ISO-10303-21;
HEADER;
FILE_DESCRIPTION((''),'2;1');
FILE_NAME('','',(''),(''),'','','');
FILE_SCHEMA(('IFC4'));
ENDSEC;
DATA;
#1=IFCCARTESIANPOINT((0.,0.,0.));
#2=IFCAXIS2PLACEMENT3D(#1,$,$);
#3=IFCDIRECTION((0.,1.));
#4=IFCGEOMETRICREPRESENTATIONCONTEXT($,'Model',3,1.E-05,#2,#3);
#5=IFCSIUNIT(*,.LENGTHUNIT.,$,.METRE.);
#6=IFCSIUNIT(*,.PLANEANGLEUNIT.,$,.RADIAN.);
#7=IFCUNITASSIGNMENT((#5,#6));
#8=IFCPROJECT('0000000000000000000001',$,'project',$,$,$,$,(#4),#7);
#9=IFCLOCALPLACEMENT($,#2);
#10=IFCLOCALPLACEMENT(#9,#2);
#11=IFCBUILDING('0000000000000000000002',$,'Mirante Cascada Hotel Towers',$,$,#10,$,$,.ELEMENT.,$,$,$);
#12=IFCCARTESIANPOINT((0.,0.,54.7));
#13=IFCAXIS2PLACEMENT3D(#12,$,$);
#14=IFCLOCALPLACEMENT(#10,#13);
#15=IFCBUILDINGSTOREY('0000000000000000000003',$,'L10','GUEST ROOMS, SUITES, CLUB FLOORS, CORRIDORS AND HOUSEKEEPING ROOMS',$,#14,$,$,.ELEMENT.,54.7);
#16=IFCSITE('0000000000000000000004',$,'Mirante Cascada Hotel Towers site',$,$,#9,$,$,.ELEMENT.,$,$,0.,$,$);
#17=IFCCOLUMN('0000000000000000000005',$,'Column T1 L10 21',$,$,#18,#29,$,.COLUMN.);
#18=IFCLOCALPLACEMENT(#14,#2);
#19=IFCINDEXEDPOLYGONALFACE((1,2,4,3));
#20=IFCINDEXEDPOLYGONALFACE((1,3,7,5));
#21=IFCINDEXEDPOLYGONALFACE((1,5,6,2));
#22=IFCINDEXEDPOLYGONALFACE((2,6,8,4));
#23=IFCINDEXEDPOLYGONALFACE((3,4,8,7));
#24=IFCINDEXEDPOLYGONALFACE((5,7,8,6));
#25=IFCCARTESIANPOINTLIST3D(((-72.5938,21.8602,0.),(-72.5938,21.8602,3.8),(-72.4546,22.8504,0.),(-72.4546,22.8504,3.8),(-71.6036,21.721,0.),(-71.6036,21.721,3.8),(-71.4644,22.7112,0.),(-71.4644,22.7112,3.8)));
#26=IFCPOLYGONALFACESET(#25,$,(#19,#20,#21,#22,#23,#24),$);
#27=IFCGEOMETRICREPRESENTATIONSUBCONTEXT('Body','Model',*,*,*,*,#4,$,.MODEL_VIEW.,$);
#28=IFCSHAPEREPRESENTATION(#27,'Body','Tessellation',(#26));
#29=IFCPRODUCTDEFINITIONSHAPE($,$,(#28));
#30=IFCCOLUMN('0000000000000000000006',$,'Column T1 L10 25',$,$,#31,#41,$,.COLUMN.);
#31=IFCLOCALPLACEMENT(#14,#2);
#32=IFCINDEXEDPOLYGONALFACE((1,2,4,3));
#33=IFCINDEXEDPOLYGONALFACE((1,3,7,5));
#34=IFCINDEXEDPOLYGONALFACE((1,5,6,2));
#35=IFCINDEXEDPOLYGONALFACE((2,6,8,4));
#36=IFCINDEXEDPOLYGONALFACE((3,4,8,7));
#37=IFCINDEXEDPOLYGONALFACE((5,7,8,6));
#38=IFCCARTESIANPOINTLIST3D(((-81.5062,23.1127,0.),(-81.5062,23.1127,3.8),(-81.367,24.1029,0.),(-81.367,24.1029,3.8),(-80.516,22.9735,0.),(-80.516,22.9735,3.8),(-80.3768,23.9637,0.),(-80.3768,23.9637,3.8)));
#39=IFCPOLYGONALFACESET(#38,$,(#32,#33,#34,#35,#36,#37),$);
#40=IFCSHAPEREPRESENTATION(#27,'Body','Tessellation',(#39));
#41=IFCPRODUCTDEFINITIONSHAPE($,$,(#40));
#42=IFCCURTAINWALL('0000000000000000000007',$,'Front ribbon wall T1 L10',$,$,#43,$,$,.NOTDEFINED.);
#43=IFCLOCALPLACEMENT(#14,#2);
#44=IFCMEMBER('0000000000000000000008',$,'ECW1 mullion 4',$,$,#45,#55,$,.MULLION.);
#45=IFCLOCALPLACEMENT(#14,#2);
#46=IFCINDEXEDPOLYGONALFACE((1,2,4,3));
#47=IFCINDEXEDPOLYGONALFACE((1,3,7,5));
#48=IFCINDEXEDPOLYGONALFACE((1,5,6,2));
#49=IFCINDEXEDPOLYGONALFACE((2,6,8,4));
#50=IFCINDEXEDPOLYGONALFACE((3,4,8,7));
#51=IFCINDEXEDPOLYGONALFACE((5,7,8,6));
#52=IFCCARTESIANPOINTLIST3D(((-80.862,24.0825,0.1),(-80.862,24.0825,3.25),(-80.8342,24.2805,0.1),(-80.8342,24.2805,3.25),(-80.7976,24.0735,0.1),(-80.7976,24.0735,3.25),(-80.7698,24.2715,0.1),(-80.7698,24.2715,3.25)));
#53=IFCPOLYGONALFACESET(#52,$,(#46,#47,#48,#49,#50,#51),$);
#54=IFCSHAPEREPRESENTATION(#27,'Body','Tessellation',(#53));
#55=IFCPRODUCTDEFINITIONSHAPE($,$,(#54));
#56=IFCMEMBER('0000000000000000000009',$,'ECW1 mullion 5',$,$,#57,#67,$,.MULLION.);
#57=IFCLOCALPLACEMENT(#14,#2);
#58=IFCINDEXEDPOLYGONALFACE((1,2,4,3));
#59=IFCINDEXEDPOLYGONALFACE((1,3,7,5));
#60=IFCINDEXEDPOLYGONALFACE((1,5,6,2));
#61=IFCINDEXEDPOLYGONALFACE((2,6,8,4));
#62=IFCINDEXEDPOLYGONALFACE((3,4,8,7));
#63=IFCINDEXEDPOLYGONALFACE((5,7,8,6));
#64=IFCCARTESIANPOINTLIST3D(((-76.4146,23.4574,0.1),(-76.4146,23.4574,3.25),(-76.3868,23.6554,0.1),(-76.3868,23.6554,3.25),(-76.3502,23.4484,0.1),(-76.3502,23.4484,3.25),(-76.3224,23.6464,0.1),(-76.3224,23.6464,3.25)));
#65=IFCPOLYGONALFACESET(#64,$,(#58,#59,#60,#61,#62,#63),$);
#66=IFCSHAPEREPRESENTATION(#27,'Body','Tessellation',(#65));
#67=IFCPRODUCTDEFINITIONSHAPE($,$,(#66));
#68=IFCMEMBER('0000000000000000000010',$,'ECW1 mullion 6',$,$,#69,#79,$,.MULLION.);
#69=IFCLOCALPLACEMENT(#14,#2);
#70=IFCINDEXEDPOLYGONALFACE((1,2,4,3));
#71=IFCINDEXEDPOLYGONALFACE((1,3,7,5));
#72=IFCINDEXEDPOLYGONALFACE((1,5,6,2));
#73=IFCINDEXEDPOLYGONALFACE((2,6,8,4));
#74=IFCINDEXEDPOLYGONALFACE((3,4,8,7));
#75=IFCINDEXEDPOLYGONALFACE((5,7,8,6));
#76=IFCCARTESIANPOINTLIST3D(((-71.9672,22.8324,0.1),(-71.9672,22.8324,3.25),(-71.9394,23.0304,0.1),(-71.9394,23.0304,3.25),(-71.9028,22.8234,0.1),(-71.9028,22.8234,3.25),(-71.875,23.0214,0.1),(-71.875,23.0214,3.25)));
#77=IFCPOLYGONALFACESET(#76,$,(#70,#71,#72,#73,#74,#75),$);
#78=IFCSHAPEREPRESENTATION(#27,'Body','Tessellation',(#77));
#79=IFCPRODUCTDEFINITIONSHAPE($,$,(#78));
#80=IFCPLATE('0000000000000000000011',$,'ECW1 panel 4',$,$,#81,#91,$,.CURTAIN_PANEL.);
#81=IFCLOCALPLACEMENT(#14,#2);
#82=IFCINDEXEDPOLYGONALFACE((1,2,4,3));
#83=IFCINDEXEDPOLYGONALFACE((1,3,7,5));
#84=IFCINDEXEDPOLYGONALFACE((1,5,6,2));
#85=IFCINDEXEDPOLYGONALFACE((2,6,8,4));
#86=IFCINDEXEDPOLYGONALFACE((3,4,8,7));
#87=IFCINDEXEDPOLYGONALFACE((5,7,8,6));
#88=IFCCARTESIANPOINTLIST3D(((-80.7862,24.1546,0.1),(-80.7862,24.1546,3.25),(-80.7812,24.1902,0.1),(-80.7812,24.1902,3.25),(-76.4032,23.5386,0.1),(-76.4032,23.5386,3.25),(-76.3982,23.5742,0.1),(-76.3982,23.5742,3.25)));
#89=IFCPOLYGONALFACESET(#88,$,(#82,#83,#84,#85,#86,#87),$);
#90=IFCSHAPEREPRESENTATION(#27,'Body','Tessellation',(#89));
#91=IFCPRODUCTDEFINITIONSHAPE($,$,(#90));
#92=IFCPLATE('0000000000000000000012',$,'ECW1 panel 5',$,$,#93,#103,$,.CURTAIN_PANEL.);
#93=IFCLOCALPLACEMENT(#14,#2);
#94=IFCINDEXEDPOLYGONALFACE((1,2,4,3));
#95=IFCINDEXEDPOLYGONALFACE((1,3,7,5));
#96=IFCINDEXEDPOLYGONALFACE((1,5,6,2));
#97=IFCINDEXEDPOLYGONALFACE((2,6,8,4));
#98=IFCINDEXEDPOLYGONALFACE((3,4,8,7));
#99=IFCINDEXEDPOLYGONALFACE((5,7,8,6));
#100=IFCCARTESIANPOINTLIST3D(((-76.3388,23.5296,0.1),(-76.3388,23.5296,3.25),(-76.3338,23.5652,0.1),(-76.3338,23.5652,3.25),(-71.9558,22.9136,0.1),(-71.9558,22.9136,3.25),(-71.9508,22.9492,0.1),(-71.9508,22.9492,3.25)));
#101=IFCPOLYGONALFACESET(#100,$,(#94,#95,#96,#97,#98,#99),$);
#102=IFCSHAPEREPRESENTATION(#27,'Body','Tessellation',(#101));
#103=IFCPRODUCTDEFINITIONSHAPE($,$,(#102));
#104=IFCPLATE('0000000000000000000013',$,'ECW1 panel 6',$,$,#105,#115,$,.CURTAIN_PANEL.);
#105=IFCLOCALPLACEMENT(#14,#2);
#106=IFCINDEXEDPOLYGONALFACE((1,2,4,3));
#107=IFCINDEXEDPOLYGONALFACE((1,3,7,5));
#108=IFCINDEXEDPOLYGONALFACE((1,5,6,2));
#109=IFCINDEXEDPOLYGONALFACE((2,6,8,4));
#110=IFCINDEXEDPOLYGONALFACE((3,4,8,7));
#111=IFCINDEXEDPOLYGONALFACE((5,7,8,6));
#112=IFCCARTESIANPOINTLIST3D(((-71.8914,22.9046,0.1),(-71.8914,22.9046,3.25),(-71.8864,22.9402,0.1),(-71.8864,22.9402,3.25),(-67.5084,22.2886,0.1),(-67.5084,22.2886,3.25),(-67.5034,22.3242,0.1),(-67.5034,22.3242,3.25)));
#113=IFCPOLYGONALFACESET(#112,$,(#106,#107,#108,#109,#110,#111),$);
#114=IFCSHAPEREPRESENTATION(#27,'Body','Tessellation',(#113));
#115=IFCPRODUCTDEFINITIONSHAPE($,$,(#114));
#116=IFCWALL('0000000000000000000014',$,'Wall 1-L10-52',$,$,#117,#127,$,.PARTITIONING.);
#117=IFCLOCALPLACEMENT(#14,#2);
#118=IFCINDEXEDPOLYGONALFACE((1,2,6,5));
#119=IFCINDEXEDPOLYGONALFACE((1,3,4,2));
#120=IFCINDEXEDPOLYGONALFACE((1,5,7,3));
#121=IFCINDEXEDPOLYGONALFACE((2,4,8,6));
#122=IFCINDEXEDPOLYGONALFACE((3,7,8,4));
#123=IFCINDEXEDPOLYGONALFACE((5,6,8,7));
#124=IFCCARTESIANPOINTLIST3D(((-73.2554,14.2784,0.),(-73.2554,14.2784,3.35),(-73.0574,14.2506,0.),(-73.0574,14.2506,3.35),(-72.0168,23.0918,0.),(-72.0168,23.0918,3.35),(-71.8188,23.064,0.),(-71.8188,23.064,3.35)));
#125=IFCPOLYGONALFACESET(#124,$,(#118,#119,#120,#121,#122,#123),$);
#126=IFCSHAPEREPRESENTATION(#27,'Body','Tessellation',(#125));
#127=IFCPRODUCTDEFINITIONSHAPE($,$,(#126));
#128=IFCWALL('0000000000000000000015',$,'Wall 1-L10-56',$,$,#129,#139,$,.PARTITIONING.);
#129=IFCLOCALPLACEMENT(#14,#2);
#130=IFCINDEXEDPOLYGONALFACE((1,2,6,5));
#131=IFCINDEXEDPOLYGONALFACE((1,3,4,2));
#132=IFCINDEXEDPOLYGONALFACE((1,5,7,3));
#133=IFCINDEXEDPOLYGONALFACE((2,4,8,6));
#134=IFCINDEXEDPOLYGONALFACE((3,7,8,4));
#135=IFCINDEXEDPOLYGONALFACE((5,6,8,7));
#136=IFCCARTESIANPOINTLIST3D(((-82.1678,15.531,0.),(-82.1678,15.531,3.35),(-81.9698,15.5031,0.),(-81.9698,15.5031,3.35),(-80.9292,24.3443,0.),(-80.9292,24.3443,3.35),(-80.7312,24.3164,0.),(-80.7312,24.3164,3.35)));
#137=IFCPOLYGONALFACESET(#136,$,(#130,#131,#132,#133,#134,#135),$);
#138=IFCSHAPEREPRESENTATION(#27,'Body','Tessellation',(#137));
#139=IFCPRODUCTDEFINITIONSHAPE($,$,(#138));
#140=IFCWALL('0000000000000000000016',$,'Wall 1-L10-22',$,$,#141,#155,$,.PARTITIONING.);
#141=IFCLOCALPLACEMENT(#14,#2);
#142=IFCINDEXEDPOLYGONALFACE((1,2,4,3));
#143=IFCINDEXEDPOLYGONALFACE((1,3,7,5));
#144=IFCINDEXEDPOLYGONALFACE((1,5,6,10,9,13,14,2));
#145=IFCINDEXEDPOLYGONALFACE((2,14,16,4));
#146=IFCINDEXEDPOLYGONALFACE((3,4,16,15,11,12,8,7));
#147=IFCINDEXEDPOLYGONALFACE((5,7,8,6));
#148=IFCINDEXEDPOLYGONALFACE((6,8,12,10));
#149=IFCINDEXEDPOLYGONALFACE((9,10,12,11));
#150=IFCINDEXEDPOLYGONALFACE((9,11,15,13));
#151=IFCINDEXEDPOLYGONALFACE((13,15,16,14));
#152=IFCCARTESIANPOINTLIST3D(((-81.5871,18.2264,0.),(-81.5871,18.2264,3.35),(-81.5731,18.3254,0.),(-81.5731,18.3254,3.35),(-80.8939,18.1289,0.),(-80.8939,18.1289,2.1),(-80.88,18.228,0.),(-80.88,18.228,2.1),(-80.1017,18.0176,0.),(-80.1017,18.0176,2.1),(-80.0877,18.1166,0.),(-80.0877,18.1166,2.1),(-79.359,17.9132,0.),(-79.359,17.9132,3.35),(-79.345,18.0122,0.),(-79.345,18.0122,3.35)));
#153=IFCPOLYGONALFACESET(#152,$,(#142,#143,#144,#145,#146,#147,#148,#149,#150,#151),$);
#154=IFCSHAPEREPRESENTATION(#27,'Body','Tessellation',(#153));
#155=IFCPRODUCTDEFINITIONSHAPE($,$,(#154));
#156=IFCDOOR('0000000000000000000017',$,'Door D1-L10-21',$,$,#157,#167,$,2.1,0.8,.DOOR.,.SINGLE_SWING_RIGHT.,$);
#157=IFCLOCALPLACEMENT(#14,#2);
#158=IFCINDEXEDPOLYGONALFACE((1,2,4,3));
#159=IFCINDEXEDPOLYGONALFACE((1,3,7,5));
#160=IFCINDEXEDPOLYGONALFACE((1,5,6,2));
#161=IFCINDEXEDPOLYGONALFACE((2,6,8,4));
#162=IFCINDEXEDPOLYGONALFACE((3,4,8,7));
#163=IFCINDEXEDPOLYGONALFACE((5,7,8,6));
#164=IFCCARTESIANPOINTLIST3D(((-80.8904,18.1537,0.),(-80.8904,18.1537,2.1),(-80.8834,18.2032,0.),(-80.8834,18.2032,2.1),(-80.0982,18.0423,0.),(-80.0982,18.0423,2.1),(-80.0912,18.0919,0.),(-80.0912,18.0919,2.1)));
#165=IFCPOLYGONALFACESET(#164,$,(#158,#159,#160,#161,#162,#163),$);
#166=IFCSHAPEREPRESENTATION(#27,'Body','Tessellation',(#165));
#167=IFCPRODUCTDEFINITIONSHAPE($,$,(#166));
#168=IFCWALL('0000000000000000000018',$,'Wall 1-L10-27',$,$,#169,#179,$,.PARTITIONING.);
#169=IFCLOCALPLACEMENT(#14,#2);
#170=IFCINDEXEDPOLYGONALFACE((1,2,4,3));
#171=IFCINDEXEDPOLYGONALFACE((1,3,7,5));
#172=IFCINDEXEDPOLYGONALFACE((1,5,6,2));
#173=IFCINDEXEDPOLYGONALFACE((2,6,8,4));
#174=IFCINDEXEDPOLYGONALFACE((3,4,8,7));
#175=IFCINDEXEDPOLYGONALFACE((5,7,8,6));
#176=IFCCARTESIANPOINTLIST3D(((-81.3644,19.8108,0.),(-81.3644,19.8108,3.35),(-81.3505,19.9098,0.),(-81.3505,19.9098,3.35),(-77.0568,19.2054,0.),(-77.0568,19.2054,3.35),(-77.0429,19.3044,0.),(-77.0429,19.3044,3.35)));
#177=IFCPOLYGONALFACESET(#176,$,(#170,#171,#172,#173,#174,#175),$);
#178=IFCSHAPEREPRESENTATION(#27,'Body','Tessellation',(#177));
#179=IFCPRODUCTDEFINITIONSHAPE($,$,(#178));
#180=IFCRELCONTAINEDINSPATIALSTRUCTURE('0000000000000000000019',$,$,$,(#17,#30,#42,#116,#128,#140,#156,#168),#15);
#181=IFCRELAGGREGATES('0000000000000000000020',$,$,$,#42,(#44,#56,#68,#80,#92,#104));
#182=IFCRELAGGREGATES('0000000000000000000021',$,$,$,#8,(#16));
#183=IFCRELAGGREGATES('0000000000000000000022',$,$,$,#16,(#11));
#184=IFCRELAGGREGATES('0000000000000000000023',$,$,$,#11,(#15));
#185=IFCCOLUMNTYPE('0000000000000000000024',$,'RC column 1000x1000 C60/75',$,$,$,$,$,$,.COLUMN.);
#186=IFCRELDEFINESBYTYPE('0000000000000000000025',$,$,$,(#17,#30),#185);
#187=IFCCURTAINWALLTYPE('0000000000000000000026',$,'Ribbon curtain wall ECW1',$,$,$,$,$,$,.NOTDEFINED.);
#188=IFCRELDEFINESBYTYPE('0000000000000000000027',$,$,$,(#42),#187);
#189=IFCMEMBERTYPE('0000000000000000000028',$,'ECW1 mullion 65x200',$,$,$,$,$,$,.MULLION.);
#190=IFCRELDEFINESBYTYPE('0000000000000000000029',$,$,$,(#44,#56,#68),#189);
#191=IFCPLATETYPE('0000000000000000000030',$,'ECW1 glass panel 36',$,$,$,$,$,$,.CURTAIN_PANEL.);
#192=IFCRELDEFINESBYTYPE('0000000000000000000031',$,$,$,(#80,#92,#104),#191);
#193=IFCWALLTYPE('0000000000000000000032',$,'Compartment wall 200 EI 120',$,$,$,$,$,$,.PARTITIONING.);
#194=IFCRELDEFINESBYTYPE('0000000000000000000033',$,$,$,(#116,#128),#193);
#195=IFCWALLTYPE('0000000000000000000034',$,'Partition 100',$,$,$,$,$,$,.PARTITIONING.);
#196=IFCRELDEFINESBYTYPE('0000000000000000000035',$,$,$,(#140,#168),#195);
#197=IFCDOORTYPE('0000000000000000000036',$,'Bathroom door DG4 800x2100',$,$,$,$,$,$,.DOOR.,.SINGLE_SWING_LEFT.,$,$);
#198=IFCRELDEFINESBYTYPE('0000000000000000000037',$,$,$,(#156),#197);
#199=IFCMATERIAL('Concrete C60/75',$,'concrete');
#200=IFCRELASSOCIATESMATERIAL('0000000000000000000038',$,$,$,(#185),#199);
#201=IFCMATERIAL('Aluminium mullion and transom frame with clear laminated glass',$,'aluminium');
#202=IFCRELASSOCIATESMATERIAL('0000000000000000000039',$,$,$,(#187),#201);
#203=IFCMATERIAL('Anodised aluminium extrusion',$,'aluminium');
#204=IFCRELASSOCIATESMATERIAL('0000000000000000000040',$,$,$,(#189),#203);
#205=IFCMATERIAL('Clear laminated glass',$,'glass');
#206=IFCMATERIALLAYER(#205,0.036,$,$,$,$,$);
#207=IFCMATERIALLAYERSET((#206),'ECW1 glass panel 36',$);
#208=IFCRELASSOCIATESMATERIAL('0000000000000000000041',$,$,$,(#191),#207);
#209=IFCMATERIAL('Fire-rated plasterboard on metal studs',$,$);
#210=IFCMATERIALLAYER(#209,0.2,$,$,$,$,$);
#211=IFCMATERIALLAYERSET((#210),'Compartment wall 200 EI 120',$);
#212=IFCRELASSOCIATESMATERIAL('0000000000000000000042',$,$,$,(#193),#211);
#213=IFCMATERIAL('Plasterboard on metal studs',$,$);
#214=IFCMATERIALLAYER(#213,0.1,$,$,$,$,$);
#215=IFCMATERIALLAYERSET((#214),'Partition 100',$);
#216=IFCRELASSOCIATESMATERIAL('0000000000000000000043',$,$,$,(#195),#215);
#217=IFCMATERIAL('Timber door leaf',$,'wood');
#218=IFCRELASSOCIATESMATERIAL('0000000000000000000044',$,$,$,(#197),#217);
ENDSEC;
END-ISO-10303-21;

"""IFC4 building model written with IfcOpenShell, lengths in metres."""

from ifc_helpers import new_model, si_unit, direction, frame, frame_2d, origin, origin_2d, place, context, subcontext, project, spatial, rectangle, extrude, material, layer, layer_set, material_profile, profile_set, type_object, element, fill, aggregate, save


model = new_model("IFC4")

# Units and contexts
model_context = context("Model", 3, precision=1e-05, world=origin(), true_north=direction((0.0, 1.0)))
body_context = subcontext(model_context, "Body", "Model", "MODEL_VIEW")
ifc_project = project(units=[si_unit("LENGTHUNIT", "METRE"), si_unit("PLANEANGLEUNIT", "RADIAN")], contexts=[model_context])

# Site, building, storey
site_placement = place(None, origin())
site = spatial("IfcSite", under=ifc_project, at=site_placement, Name="Mirante Cascada Hotel Towers site", CompositionType="ELEMENT", RefElevation=0.0)
building_placement = place(site_placement, origin())
building = spatial("IfcBuilding", under=site, at=building_placement, Name="Mirante Cascada Hotel Towers", CompositionType="ELEMENT")
storey_placement = place(building_placement, frame((0.0, 0.0, 54.7)))
storey = spatial("IfcBuildingStorey", under=building, at=storey_placement, Name="L10", Description="GUEST ROOMS, SUITES, CLUB FLOORS, CORRIDORS AND HOUSEKEEPING ROOMS", CompositionType="ELEMENT", Elevation=54.7)

# Columns
ifc_material_1 = material(Name="Concrete C60/75", Category="concrete")
ifc_material_profile_1 = material_profile(ifc_material_1, rectangle(XDim=1.0, YDim=1.0, at=origin_2d()), Name="RC column 1000x1000 C60/75")
ifc_profile_set_1 = profile_set([ifc_material_profile_1], Name="Concrete C60/75")
column_type = type_object("IfcColumnType", Name="RC column 1000x1000 C60/75", PredefinedType="COLUMN", material=ifc_profile_set_1)
for number, where, z_axis, x_axis, name in (
    (1, (-72.0291, 22.2857, 0.0), (0.0, 0.0, 1.0), (-0.990268, 0.139173, 0.0), "Column T1 L10 21"),
    (2, (-80.9415, 23.5382, 0.0), (0.0, 0.0, 1.0), (-0.990268, 0.139173, 0.0), "Column T1 L10 25"),
):
    element("IfcColumn", number, at=place(storey_placement, frame(where, z_axis=z_axis, x_axis=x_axis)), inside=storey, type_object=column_type, Name=name, PredefinedType="COLUMN", context=body_context, shape_type="SweptSolid", body=[
        extrude(rectangle(XDim=1.0, YDim=1.0, at=origin_2d()), origin(), (0.0, 0.0, 1.0), 3.8),
    ])

# Curtain wall, members, plates
ifc_material_2 = material(Name="Aluminium mullion and transom frame with clear laminated glass", Category="aluminium")
curtain_wall_type = type_object("IfcCurtainWallType", Name="Ribbon curtain wall ECW1", PredefinedType="NOTDEFINED", material=ifc_material_2)
curtain_wall_placement = place(storey_placement, origin())
curtain_wall = element("IfcCurtainWall", 3, at=curtain_wall_placement, inside=storey, type_object=curtain_wall_type, Name="Front ribbon wall T1 L10", PredefinedType="NOTDEFINED")
ifc_material_3 = material(Name="Anodised aluminium extrusion", Category="aluminium")
ifc_material_profile_2 = material_profile(ifc_material_3, rectangle(XDim=0.2, YDim=0.065, at=origin_2d()), Name="ECW1 MULLION 65x200")
ifc_profile_set_2 = profile_set([ifc_material_profile_2], Name="Anodised aluminium extrusion")
member_type = type_object("IfcMemberType", Name="ECW1 mullion 65x200", PredefinedType="MULLION", material=ifc_profile_set_2)
member_1_placement = place(storey_placement, frame((-80.8159, 24.177, 0.1), z_axis=(0.0, 0.0, 1.0), x_axis=(0.139173, 0.990268, 0.0)))
member_1 = element("IfcMember", 4, at=member_1_placement, type_object=member_type, Name="ECW1 mullion 4", PredefinedType="MULLION", context=body_context, shape_type="SweptSolid", body=[
    extrude(rectangle(XDim=0.2, YDim=0.065, at=origin_2d()), origin(), (0.0, 0.0, 1.0), 3.15),
])
member_2_placement = place(storey_placement, frame((-76.3685, 23.5519, 0.1), z_axis=(0.0, 0.0, 1.0), x_axis=(0.139173, 0.990268, 0.0)))
member_2 = element("IfcMember", 5, at=member_2_placement, type_object=member_type, Name="ECW1 mullion 5", PredefinedType="MULLION", context=body_context, shape_type="SweptSolid", body=[
    extrude(rectangle(XDim=0.2, YDim=0.065, at=origin_2d()), origin(), (0.0, 0.0, 1.0), 3.15),
])
member_3_placement = place(storey_placement, frame((-71.9211, 22.9269, 0.1), z_axis=(0.0, 0.0, 1.0), x_axis=(0.139173, 0.990268, 0.0)))
member_3 = element("IfcMember", 6, at=member_3_placement, type_object=member_type, Name="ECW1 mullion 6", PredefinedType="MULLION", context=body_context, shape_type="SweptSolid", body=[
    extrude(rectangle(XDim=0.2, YDim=0.065, at=origin_2d()), origin(), (0.0, 0.0, 1.0), 3.15),
])
ifc_material_4 = material(Name="Clear laminated glass", Category="glass")
ifc_layer_1 = layer(ifc_material_4, 0.036)
ifc_layer_set_1 = layer_set([ifc_layer_1], Name="ECW1 glass panel 36")
plate_type = type_object("IfcPlateType", Name="ECW1 glass panel 36", PredefinedType="CURTAIN_PANEL", material=ifc_layer_set_1)
plate_1_placement = place(storey_placement, frame((-78.5922, 23.8644, 0.1), z_axis=(0.0, 0.0, 1.0), x_axis=(0.990268, -0.139173, 0.0)))
plate_1 = element("IfcPlate", 7, at=plate_1_placement, type_object=plate_type, Name="ECW1 panel 4", PredefinedType="CURTAIN_PANEL", context=body_context, shape_type="SweptSolid", body=[
    extrude(rectangle(XDim=4.4261, YDim=0.036, at=origin_2d()), origin(), (0.0, 0.0, 1.0), 3.15),
])
plate_2_placement = place(storey_placement, frame((-74.1448, 23.2394, 0.1), z_axis=(0.0, 0.0, 1.0), x_axis=(0.990268, -0.139173, 0.0)))
plate_2 = element("IfcPlate", 8, at=plate_2_placement, type_object=plate_type, Name="ECW1 panel 5", PredefinedType="CURTAIN_PANEL", context=body_context, shape_type="SweptSolid", body=[
    extrude(rectangle(XDim=4.4261, YDim=0.036, at=origin_2d()), origin(), (0.0, 0.0, 1.0), 3.15),
])
plate_3_placement = place(storey_placement, frame((-69.6974, 22.6144, 0.1), z_axis=(0.0, 0.0, 1.0), x_axis=(0.990268, -0.139173, 0.0)))
plate_3 = element("IfcPlate", 9, at=plate_3_placement, type_object=plate_type, Name="ECW1 panel 6", PredefinedType="CURTAIN_PANEL", context=body_context, shape_type="SweptSolid", body=[
    extrude(rectangle(XDim=4.4261, YDim=0.036, at=origin_2d()), origin(), (0.0, 0.0, 1.0), 3.15),
])
aggregate(curtain_wall, [member_1, member_2, member_3, plate_1, plate_2, plate_3])

# Walls
ifc_material_5 = material(Name="Fire-rated plasterboard on metal studs")
ifc_layer_2 = layer(ifc_material_5, 0.2)
ifc_layer_set_2 = layer_set([ifc_layer_2], Name="Compartment wall 200 EI 120")
wall_type_1 = type_object("IfcWallType", Name="Compartment wall 200 EI 120", PredefinedType="PARTITIONING", material=ifc_layer_set_2)
wall_1_placement = place(storey_placement, frame((-71.9178, 23.0779, 0.0), z_axis=(0.0, 0.0, 1.0), x_axis=(-0.139168, -0.990269, 0.0)))
element("IfcWall", 10, at=wall_1_placement, inside=storey, type_object=wall_type_1, Name="Wall 1-L10-52", PredefinedType="PARTITIONING", context=body_context, shape_type="SweptSolid", body=[
    extrude(rectangle(XDim=8.9, YDim=0.2, at=frame_2d((4.45, 0.0))), origin(), (0.0, 0.0, 1.0), 3.35),
])
wall_2_placement = place(storey_placement, frame((-80.8302, 24.3304, 0.0), z_axis=(0.0, 0.0, 1.0), x_axis=(-0.13917, -0.990268, 0.0)))
element("IfcWall", 11, at=wall_2_placement, inside=storey, type_object=wall_type_1, Name="Wall 1-L10-56", PredefinedType="PARTITIONING", context=body_context, shape_type="SweptSolid", body=[
    extrude(rectangle(XDim=8.8999, YDim=0.2, at=frame_2d((4.45, 0.0))), origin(), (0.0, 0.0, 1.0), 3.35),
])

# Wall, opening, door
ifc_material_6 = material(Name="Plasterboard on metal studs")
ifc_layer_3 = layer(ifc_material_6, 0.1)
ifc_layer_set_3 = layer_set([ifc_layer_3], Name="Partition 100")
wall_type_2 = type_object("IfcWallType", Name="Partition 100", PredefinedType="PARTITIONING", material=ifc_layer_set_3)
wall_3_placement = place(storey_placement, frame((-81.5801, 18.2759, 0.0), z_axis=(0.0, 0.0, 1.0), x_axis=(0.990264, -0.1392, 0.0)))
wall_3 = element("IfcWall", 12, at=wall_3_placement, inside=storey, type_object=wall_type_2, Name="Wall 1-L10-22", PredefinedType="PARTITIONING", context=body_context, shape_type="SweptSolid", body=[
    extrude(rectangle(XDim=2.25, YDim=0.1, at=frame_2d((1.125, 0.0))), origin(), (0.0, 0.0, 1.0), 3.35),
])
opening_1_placement = place(wall_3_placement, frame((0.7, 0.0, 0.0)))
opening_1 = element("IfcOpeningElement", 13, at=opening_1_placement, cuts=wall_3, PredefinedType="OPENING", context=body_context, shape_type="SweptSolid", body=[
    extrude(rectangle(XDim=0.8, YDim=2.1, at=frame_2d((0.4, 1.05))), frame((0.0, 0.05, 0.0), z_axis=(0.0, -1.0, 0.0), x_axis=(1.0, 0.0, 0.0)), (0.0, 0.0, 1.0), 0.1),
])
ifc_material_7 = material(Name="Timber door leaf", Category="wood")
door_type = type_object("IfcDoorType", Name="Bathroom door DG4 800x2100", OperationType="SINGLE_SWING_LEFT", PredefinedType="DOOR", material=ifc_material_7)
door_1_placement = place(opening_1_placement, frame((0.8, 0.0, 0.0), z_axis=(0.0, 0.0, 1.0), x_axis=(-1.0, 0.0, 0.0)))
door_1 = element("IfcDoor", 14, at=door_1_placement, inside=storey, type_object=door_type, Name="Door D1-L10-21", OperationType="SINGLE_SWING_RIGHT", OverallHeight=2.1, OverallWidth=0.8, PredefinedType="DOOR", context=body_context, shape_type="SweptSolid", body=[
    extrude(rectangle(XDim=0.8, YDim=2.1, at=frame_2d((0.4, 1.05))), frame((0.0, 0.025, 0.0), z_axis=(0.0, -1.0, 0.0), x_axis=(1.0, 0.0, 0.0)), (0.0, 0.0, 1.0), 0.05),
])
fill(opening_1, door_1)

# Wall
wall_4_placement = place(storey_placement, frame((-77.0498, 19.2549, 0.0), z_axis=(0.0, 0.0, 1.0), x_axis=(-0.990268, 0.139175, 0.0)))
element("IfcWall", 15, at=wall_4_placement, inside=storey, type_object=wall_type_2, Name="Wall 1-L10-27", PredefinedType="PARTITIONING", context=body_context, shape_type="SweptSolid", body=[
    extrude(rectangle(XDim=4.3499, YDim=0.1, at=frame_2d((2.175, 0.0))), origin(), (0.0, 0.0, 1.0), 3.35),
])

save(model, "model.ifc")
